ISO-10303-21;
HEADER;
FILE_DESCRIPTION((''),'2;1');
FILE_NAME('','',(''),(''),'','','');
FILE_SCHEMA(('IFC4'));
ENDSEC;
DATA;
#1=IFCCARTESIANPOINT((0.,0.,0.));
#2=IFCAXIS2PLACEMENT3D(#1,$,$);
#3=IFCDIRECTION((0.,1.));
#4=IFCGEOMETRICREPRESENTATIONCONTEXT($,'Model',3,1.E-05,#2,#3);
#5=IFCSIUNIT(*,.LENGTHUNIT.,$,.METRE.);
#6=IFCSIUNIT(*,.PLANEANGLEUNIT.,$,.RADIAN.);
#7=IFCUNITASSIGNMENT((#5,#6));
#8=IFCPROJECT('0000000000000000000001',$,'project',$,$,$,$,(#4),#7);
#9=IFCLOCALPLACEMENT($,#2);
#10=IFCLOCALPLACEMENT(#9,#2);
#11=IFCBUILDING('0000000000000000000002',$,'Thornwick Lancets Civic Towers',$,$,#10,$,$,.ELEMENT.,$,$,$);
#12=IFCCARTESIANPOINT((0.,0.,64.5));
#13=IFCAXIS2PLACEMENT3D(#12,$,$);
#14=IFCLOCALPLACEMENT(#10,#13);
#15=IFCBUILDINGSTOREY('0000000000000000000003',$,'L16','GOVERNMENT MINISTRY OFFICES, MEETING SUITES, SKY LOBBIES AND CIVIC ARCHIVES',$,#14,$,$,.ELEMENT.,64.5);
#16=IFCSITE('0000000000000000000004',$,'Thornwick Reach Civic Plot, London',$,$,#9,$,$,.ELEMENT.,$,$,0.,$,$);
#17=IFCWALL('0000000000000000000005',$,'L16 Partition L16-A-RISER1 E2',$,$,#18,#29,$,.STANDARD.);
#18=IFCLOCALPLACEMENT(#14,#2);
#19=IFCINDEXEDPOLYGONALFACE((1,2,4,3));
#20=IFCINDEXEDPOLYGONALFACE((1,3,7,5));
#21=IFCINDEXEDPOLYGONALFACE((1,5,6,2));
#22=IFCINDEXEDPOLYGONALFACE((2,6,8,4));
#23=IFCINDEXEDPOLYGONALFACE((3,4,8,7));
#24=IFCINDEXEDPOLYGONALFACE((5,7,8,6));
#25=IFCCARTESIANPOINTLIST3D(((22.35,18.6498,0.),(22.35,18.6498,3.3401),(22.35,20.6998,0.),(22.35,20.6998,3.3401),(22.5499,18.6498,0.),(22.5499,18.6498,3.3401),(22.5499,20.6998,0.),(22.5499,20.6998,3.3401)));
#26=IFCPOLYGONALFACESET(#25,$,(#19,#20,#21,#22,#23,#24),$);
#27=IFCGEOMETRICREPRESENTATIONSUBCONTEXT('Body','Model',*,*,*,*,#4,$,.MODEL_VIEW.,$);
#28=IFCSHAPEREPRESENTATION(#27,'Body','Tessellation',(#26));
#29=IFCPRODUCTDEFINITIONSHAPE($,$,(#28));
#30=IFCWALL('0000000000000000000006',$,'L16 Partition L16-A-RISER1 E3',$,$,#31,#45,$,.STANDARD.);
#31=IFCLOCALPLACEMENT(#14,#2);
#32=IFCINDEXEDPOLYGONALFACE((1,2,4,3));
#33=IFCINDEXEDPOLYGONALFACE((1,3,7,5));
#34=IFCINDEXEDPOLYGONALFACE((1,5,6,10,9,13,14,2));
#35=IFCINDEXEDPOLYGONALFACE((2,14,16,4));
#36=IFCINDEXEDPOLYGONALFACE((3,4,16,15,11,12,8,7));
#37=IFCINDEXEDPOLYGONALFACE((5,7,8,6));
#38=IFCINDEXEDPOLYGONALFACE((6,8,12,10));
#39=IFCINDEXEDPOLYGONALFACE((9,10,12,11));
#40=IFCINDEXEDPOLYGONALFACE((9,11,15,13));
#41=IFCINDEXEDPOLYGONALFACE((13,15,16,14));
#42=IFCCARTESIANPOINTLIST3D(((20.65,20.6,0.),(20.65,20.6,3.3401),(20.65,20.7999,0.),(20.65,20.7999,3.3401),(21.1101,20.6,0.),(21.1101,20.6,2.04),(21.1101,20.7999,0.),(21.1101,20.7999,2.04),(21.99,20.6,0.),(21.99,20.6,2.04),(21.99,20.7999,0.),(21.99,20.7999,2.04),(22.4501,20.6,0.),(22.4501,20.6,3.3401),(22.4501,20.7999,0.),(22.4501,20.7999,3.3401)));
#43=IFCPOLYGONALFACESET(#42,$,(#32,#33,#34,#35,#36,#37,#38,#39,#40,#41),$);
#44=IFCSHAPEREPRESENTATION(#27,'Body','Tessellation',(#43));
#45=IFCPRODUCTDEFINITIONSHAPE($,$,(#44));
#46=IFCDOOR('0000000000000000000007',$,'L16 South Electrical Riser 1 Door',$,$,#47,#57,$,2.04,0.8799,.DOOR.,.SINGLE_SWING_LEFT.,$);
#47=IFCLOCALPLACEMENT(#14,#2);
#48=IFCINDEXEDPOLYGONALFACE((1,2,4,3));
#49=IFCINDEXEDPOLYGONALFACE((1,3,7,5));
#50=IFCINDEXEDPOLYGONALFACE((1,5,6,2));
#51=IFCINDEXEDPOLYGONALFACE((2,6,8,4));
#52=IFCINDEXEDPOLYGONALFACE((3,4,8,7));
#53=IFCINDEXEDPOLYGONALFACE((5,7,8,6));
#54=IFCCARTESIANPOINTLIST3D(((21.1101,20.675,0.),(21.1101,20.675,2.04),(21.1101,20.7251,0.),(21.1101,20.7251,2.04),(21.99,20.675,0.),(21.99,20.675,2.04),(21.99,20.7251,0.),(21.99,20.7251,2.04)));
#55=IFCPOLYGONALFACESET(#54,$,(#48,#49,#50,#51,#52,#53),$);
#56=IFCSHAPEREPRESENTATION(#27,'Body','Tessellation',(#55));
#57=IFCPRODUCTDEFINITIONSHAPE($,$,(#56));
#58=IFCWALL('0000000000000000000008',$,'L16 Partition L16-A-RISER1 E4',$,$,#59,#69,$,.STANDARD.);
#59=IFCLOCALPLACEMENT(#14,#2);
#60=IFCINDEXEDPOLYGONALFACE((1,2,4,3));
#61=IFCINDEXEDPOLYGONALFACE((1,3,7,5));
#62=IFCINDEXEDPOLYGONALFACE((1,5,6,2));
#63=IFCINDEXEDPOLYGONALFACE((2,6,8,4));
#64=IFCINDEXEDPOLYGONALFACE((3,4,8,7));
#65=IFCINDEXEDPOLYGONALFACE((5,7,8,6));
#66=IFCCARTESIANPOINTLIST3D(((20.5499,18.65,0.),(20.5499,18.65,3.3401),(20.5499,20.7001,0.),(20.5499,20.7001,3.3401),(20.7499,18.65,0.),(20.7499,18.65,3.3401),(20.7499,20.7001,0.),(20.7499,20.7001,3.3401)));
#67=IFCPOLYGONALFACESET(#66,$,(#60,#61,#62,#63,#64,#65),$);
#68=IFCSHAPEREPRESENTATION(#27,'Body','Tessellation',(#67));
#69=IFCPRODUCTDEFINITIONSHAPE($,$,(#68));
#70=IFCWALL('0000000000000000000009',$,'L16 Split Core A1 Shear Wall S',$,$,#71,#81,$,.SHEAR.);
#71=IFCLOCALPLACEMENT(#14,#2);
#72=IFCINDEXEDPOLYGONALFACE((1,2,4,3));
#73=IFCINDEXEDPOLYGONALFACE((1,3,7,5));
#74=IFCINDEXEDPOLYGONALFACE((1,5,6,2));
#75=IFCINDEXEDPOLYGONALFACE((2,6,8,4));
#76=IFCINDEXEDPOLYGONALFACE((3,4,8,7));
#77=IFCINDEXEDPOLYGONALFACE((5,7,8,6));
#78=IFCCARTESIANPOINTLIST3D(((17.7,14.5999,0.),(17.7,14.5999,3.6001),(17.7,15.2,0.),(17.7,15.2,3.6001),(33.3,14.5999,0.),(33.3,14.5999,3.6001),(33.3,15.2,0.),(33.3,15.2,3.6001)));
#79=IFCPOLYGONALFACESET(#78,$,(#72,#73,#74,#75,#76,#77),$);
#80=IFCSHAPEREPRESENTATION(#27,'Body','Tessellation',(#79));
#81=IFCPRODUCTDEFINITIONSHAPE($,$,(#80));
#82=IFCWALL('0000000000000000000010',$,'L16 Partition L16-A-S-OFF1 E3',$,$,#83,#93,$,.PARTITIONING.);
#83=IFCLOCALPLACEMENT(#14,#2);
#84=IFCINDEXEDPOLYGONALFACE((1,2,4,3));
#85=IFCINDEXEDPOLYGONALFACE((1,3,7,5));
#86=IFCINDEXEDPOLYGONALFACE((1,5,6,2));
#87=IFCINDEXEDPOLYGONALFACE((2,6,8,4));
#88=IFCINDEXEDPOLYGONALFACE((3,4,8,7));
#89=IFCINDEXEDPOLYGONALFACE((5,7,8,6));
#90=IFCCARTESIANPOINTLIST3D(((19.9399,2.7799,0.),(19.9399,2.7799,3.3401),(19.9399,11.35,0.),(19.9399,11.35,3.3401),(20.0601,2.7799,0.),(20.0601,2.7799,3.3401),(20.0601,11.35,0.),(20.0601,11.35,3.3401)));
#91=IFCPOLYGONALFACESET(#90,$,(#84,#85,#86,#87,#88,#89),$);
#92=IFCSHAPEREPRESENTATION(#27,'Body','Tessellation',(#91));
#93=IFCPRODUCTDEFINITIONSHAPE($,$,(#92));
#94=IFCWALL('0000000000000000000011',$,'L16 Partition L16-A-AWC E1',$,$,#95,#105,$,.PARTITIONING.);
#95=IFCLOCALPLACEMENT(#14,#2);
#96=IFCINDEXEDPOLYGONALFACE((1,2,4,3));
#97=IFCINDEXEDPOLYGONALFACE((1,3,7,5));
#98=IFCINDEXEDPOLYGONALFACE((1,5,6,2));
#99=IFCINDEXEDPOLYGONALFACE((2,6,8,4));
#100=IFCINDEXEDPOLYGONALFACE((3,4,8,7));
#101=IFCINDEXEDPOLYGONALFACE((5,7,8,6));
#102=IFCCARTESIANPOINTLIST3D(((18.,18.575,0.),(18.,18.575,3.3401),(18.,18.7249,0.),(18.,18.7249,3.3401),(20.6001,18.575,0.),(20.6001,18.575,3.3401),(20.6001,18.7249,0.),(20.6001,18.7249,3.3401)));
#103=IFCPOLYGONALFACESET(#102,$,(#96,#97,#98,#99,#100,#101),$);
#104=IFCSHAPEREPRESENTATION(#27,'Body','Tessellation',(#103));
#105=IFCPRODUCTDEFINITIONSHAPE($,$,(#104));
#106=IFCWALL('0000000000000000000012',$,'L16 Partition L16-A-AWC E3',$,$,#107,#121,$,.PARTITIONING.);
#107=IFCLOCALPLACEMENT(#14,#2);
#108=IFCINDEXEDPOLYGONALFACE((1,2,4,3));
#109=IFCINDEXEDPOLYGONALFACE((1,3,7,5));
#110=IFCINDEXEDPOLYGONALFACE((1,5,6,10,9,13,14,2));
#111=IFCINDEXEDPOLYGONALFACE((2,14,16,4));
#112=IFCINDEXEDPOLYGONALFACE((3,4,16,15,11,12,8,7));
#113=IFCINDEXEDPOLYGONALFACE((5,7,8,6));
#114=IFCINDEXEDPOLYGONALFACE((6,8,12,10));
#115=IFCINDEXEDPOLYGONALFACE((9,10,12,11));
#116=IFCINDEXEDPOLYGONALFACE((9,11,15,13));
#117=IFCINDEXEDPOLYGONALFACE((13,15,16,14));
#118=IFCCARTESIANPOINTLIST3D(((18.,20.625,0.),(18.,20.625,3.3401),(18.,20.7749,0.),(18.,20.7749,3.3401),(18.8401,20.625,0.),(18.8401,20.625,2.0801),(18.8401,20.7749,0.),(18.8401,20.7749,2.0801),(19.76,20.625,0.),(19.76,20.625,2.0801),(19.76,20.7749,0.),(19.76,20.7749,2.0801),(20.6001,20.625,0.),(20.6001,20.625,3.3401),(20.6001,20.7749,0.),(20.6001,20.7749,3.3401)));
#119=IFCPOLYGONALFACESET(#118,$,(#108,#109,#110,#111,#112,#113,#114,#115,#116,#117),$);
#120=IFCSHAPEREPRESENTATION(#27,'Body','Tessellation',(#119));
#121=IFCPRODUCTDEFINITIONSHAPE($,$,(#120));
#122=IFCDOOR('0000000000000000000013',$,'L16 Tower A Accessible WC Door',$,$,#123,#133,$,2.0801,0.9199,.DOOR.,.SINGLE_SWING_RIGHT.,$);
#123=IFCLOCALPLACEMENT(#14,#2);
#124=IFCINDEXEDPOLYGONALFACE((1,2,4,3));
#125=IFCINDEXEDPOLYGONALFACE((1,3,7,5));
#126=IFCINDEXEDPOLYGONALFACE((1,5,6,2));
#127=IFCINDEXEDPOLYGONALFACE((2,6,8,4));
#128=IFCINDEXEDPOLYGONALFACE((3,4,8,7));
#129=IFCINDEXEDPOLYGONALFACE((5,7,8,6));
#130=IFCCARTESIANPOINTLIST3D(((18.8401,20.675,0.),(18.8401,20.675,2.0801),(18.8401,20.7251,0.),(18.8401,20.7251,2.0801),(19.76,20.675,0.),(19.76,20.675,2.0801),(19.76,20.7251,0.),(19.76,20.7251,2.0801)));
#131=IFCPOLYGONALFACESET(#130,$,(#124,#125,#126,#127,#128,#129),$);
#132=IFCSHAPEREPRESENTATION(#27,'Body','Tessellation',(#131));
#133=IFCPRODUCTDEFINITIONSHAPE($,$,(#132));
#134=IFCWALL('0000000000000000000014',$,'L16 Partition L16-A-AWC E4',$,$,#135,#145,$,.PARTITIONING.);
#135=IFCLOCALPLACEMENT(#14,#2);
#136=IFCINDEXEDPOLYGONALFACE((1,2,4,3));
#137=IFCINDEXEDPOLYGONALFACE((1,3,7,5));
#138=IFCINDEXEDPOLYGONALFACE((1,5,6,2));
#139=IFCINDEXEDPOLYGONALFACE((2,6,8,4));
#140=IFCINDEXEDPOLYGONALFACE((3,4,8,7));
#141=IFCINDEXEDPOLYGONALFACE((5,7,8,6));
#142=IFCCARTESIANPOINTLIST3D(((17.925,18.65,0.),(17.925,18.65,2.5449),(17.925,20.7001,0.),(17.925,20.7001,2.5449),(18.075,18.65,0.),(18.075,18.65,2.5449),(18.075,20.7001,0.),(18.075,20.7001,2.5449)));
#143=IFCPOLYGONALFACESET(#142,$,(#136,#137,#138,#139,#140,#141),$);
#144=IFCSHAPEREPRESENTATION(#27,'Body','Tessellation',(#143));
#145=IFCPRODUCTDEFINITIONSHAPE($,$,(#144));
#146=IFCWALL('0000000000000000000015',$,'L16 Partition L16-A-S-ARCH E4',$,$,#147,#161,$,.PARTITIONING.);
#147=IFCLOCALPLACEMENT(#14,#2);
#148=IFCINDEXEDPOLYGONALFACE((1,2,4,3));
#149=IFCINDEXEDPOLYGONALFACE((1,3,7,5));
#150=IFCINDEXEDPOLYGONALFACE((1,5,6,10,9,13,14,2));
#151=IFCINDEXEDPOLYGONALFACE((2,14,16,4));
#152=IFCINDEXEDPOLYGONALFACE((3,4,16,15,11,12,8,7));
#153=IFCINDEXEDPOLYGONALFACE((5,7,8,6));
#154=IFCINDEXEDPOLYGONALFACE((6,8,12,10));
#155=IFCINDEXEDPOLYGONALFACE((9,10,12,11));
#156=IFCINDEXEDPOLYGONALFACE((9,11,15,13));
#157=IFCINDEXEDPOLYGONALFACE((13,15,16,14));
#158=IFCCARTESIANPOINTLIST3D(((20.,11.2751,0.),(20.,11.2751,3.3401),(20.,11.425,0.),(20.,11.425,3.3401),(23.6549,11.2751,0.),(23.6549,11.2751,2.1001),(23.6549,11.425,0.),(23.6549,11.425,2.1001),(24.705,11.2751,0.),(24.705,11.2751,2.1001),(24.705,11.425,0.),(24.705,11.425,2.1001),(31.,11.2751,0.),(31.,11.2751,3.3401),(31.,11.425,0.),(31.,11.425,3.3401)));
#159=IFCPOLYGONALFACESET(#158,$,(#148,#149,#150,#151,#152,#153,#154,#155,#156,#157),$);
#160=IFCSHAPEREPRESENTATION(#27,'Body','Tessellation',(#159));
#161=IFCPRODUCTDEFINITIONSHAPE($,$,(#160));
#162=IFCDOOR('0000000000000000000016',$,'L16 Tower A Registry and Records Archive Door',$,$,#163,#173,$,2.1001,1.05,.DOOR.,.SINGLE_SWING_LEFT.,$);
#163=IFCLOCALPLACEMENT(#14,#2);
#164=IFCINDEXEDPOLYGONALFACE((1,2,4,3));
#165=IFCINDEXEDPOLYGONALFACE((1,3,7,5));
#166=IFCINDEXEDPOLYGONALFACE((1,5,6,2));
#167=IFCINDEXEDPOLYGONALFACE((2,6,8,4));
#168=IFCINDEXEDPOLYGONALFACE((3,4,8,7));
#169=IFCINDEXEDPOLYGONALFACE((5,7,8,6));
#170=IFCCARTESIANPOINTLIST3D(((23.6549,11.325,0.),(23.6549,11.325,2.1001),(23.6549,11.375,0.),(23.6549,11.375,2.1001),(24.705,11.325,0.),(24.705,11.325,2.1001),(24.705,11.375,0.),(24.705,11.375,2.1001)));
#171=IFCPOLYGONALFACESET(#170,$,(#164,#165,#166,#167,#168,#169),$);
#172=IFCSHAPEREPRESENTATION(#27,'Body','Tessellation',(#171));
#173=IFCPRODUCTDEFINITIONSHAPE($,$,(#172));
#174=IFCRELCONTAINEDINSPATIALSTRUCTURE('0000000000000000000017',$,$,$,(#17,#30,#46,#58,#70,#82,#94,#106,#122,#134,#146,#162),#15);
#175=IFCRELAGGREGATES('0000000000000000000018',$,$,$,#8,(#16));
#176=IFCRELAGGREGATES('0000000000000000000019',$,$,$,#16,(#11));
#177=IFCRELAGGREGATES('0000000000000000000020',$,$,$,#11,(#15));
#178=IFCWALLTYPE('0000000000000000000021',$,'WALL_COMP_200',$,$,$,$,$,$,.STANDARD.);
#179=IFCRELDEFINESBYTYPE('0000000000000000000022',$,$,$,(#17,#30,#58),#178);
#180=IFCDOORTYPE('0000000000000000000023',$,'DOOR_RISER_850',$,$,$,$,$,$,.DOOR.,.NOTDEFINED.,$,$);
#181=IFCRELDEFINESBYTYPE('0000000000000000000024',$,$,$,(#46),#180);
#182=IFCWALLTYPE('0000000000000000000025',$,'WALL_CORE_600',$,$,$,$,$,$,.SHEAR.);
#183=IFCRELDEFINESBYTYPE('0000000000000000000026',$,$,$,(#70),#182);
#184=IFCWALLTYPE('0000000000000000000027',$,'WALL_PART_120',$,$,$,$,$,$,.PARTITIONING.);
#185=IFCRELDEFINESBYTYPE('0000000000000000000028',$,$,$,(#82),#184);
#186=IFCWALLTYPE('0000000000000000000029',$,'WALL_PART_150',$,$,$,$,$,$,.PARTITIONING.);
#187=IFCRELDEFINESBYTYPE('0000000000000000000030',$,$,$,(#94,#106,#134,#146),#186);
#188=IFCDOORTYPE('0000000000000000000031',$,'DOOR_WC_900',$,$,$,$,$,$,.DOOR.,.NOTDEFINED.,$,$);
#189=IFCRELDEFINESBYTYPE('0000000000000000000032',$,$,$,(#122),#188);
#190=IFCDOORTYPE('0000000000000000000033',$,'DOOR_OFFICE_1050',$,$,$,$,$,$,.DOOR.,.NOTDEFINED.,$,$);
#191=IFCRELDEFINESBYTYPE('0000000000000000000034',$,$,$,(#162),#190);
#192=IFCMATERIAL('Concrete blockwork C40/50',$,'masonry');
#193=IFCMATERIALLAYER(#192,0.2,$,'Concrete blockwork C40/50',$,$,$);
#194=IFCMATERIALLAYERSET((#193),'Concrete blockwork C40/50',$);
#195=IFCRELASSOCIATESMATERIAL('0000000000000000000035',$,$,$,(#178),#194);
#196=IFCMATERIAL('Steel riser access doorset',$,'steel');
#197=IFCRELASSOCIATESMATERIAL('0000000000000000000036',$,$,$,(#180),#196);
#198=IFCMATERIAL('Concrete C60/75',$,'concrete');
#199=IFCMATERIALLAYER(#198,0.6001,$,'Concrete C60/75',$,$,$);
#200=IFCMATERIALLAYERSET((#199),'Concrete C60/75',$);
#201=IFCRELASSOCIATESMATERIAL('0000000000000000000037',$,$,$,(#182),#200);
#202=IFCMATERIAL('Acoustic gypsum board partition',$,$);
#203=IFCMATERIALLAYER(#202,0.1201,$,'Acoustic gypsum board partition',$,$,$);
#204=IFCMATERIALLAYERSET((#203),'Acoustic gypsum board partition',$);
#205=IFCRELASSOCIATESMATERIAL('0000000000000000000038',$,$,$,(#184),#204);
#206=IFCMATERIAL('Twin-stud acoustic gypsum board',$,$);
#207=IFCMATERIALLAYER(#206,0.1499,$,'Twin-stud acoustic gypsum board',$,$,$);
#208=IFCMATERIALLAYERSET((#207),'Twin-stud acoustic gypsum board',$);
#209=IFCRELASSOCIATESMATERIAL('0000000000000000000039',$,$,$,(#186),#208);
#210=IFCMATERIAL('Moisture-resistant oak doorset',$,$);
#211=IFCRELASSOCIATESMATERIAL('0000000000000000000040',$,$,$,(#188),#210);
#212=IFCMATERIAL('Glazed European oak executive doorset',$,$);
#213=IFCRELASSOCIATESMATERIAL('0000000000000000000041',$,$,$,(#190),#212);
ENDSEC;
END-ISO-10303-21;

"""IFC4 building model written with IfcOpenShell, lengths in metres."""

from ifc_helpers import new_model, si_unit, direction, frame, frame_2d, origin, place, context, subcontext, project, spatial, rectangle, extrude, material, layer, layer_set, type_object, element, fill, save


model = new_model("IFC4")

# Units and contexts
model_context = context("Model", 3, precision=1e-05, world=origin(), true_north=direction((0.0, 1.0)))
body_context = subcontext(model_context, "Body", "Model", "MODEL_VIEW")
ifc_project = project(units=[si_unit("LENGTHUNIT", "METRE"), si_unit("PLANEANGLEUNIT", "RADIAN")], contexts=[model_context])

# Site, building, storey
site_placement = place(None, origin())
site = spatial("IfcSite", under=ifc_project, at=site_placement, Name="Thornwick Reach Civic Plot, London", CompositionType="ELEMENT", RefElevation=0.0)
building_placement = place(site_placement, origin())
building = spatial("IfcBuilding", under=site, at=building_placement, Name="Thornwick Lancets Civic Towers", CompositionType="ELEMENT")
storey_placement = place(building_placement, frame((0.0, 0.0, 64.5)))
storey = spatial("IfcBuildingStorey", under=building, at=storey_placement, Name="L16", Description="GOVERNMENT MINISTRY OFFICES, MEETING SUITES, SKY LOBBIES AND CIVIC ARCHIVES", CompositionType="ELEMENT", Elevation=64.5)

# Shared definitions
ifc_material_1 = material(Name="Concrete C60/75", Category="concrete")

# Shared definitions
ifc_material_2 = material(Name="Concrete blockwork C40/50", Category="masonry")
ifc_layer_1 = layer(ifc_material_2, 0.2, Name="Concrete blockwork C40/50")
ifc_layer_set_1 = layer_set([ifc_layer_1], Name="Concrete blockwork C40/50")
wall_type_1 = type_object("IfcWallType", Name="WALL_COMP_200", PredefinedType="STANDARD", material=ifc_layer_set_1)

# Wall
wall_1_placement = place(storey_placement, frame((22.45, 18.6499, 0.0), z_axis=(0.0, 0.0, 1.0), x_axis=(0.0, 1.0, 0.0)))
element("IfcWall", 1, at=wall_1_placement, inside=storey, type_object=wall_type_1, Name="L16 Partition L16-A-RISER1 E2", PredefinedType="STANDARD", context=body_context, shape_type="SweptSolid", body=[
    extrude(rectangle(XDim=2.05, YDim=0.2, at=frame_2d((1.0249, 0.0))), origin(), (0.0, 0.0, 1.0), 3.3401),
])

# Wall, opening, door
wall_2_placement = place(storey_placement, frame((22.45, 20.7, 0.0), z_axis=(0.0, 0.0, 1.0), x_axis=(-1.0, 0.0, 0.0)))
wall_2 = element("IfcWall", 2, at=wall_2_placement, inside=storey, type_object=wall_type_1, Name="L16 Partition L16-A-RISER1 E3", PredefinedType="STANDARD", context=body_context, shape_type="SweptSolid", body=[
    extrude(rectangle(XDim=1.8, YDim=0.2, at=frame_2d((0.8999, 0.0))), origin(), (0.0, 0.0, 1.0), 3.3401),
])
opening_1_placement = place(wall_2_placement, frame((0.46, 0.0, 0.0)))
opening_1 = element("IfcOpeningElement", 3, at=opening_1_placement, cuts=wall_2, PredefinedType="OPENING", context=body_context, shape_type="SweptSolid", body=[
    extrude(rectangle(XDim=0.8799, YDim=2.04, at=frame_2d((0.4399, 1.02))), frame((0.0, 0.1099, 0.0), z_axis=(0.0, -1.0, 0.0), x_axis=(1.0, 0.0, 0.0)), (0.0, 0.0, 1.0), 0.22),
])
ifc_material_3 = material(Name="Steel riser access doorset", Category="steel")
door_type_1 = type_object("IfcDoorType", Name="DOOR_RISER_850", OperationType="NOTDEFINED", PredefinedType="DOOR", material=ifc_material_3)
door_1_placement = place(opening_1_placement, origin())
door_1 = element("IfcDoor", 4, at=door_1_placement, inside=storey, type_object=door_type_1, Name="L16 South Electrical Riser 1 Door", OperationType="SINGLE_SWING_LEFT", OverallHeight=2.04, OverallWidth=0.8799, PredefinedType="DOOR", context=body_context, shape_type="SweptSolid", body=[
    extrude(rectangle(XDim=0.8799, YDim=2.04, at=frame_2d((0.4399, 1.02))), frame((0.0, 0.0249, 0.0), z_axis=(0.0, -1.0, 0.0), x_axis=(1.0, 0.0, 0.0)), (0.0, 0.0, 1.0), 0.05),
])
fill(opening_1, door_1)

# Walls
wall_3_placement = place(storey_placement, frame((20.6499, 20.7, 0.0), z_axis=(0.0, 0.0, 1.0), x_axis=(0.0, -1.0, 0.0)))
element("IfcWall", 5, at=wall_3_placement, inside=storey, type_object=wall_type_1, Name="L16 Partition L16-A-RISER1 E4", PredefinedType="STANDARD", context=body_context, shape_type="SweptSolid", body=[
    extrude(rectangle(XDim=2.05, YDim=0.2, at=frame_2d((1.0249, 0.0))), origin(), (0.0, 0.0, 1.0), 3.3401),
])
ifc_layer_2 = layer(ifc_material_1, 0.6001, Name="Concrete C60/75")
ifc_layer_set_2 = layer_set([ifc_layer_2], Name="Concrete C60/75")
wall_type_2 = type_object("IfcWallType", Name="WALL_CORE_600", PredefinedType="SHEAR", material=ifc_layer_set_2)
wall_4_placement = place(storey_placement, frame((17.7, 14.8999, 0.0), z_axis=(0.0, 0.0, 1.0), x_axis=(1.0, 0.0, 0.0)))
element("IfcWall", 6, at=wall_4_placement, inside=storey, type_object=wall_type_2, Name="L16 Split Core A1 Shear Wall S", PredefinedType="SHEAR", context=body_context, shape_type="SweptSolid", body=[
    extrude(rectangle(XDim=15.6001, YDim=0.6001, at=frame_2d((7.8, 0.0))), origin(), (0.0, 0.0, 1.0), 3.6001),
])
ifc_material_4 = material(Name="Acoustic gypsum board partition")
ifc_layer_3 = layer(ifc_material_4, 0.1201, Name="Acoustic gypsum board partition")
ifc_layer_set_3 = layer_set([ifc_layer_3], Name="Acoustic gypsum board partition")
wall_type_3 = type_object("IfcWallType", Name="WALL_PART_120", PredefinedType="PARTITIONING", material=ifc_layer_set_3)
wall_5_placement = place(storey_placement, frame((20.0, 11.3501, 0.0), z_axis=(0.0, 0.0, 1.0), x_axis=(0.0, -1.0, 0.0)))
element("IfcWall", 7, at=wall_5_placement, inside=storey, type_object=wall_type_3, Name="L16 Partition L16-A-S-OFF1 E3", PredefinedType="PARTITIONING", context=body_context, shape_type="SweptSolid", body=[
    extrude(rectangle(XDim=8.5701, YDim=0.1201, at=frame_2d((4.2852, 0.0))), origin(), (0.0, 0.0, 1.0), 3.3401),
])
ifc_material_5 = material(Name="Twin-stud acoustic gypsum board")
ifc_layer_4 = layer(ifc_material_5, 0.1499, Name="Twin-stud acoustic gypsum board")
ifc_layer_set_4 = layer_set([ifc_layer_4], Name="Twin-stud acoustic gypsum board")
wall_type_4 = type_object("IfcWallType", Name="WALL_PART_150", PredefinedType="PARTITIONING", material=ifc_layer_set_4)
wall_6_placement = place(storey_placement, frame((18.0, 18.6499, 0.0), z_axis=(0.0, 0.0, 1.0), x_axis=(1.0, 0.0, 0.0)))
element("IfcWall", 8, at=wall_6_placement, inside=storey, type_object=wall_type_4, Name="L16 Partition L16-A-AWC E1", PredefinedType="PARTITIONING", context=body_context, shape_type="SweptSolid", body=[
    extrude(rectangle(XDim=2.6001, YDim=0.1499, at=frame_2d((1.3, 0.0))), origin(), (0.0, 0.0, 1.0), 3.3401),
])

# Wall, opening, door
wall_7_placement = place(storey_placement, frame((20.6001, 20.7, 0.0), z_axis=(0.0, 0.0, 1.0), x_axis=(-1.0, 0.0, 0.0)))
wall_7 = element("IfcWall", 9, at=wall_7_placement, inside=storey, type_object=wall_type_4, Name="L16 Partition L16-A-AWC E3", PredefinedType="PARTITIONING", context=body_context, shape_type="SweptSolid", body=[
    extrude(rectangle(XDim=2.6001, YDim=0.1499, at=frame_2d((1.3, 0.0))), origin(), (0.0, 0.0, 1.0), 3.3401),
])
opening_2_placement = place(wall_7_placement, frame((0.8401, 0.0, 0.0)))
opening_2 = element("IfcOpeningElement", 10, at=opening_2_placement, cuts=wall_7, PredefinedType="OPENING", context=body_context, shape_type="SweptSolid", body=[
    extrude(rectangle(XDim=0.9199, YDim=2.0801, at=frame_2d((0.46, 1.04))), frame((0.0, 0.085, 0.0), z_axis=(0.0, -1.0, 0.0), x_axis=(1.0, 0.0, 0.0)), (0.0, 0.0, 1.0), 0.1699),
])
ifc_material_6 = material(Name="Moisture-resistant oak doorset")
door_type_2 = type_object("IfcDoorType", Name="DOOR_WC_900", OperationType="NOTDEFINED", PredefinedType="DOOR", material=ifc_material_6)
door_2_placement = place(opening_2_placement, origin())
door_2 = element("IfcDoor", 11, at=door_2_placement, inside=storey, type_object=door_type_2, Name="L16 Tower A Accessible WC Door", OperationType="SINGLE_SWING_RIGHT", OverallHeight=2.0801, OverallWidth=0.9199, PredefinedType="DOOR", context=body_context, shape_type="SweptSolid", body=[
    extrude(rectangle(XDim=0.9199, YDim=2.0801, at=frame_2d((0.46, 1.04))), frame((0.0, 0.0249, 0.0), z_axis=(0.0, -1.0, 0.0), x_axis=(1.0, 0.0, 0.0)), (0.0, 0.0, 1.0), 0.05),
])
fill(opening_2, door_2)

# Wall
wall_8_placement = place(storey_placement, frame((18.0, 20.7, 0.0), z_axis=(0.0, 0.0, 1.0), x_axis=(0.0, -1.0, 0.0)))
element("IfcWall", 12, at=wall_8_placement, inside=storey, type_object=wall_type_4, Name="L16 Partition L16-A-AWC E4", PredefinedType="PARTITIONING", context=body_context, shape_type="SweptSolid", body=[
    extrude(rectangle(XDim=2.05, YDim=0.1499, at=frame_2d((1.0249, 0.0))), origin(), (0.0, 0.0, 1.0), 2.5449),
])

# Wall, opening, door
wall_9_placement = place(storey_placement, frame((20.0, 11.3501, 0.0), z_axis=(0.0, 0.0, 1.0), x_axis=(1.0, 0.0, 0.0)))
wall_9 = element("IfcWall", 13, at=wall_9_placement, inside=storey, type_object=wall_type_4, Name="L16 Partition L16-A-S-ARCH E4", PredefinedType="PARTITIONING", context=body_context, shape_type="SweptSolid", body=[
    extrude(rectangle(XDim=11.0, YDim=0.1499, at=frame_2d((5.5, 0.0))), origin(), (0.0, 0.0, 1.0), 3.3401),
])
opening_3_placement = place(wall_9_placement, frame((3.655, 0.0, 0.0)))
opening_3 = element("IfcOpeningElement", 14, at=opening_3_placement, cuts=wall_9, PredefinedType="OPENING", context=body_context, shape_type="SweptSolid", body=[
    extrude(rectangle(XDim=1.05, YDim=2.1001, at=frame_2d((0.5249, 1.05))), frame((0.0, 0.085, 0.0), z_axis=(0.0, -1.0, 0.0), x_axis=(1.0, 0.0, 0.0)), (0.0, 0.0, 1.0), 0.1699),
])
ifc_material_7 = material(Name="Glazed European oak executive doorset")
door_type_3 = type_object("IfcDoorType", Name="DOOR_OFFICE_1050", OperationType="NOTDEFINED", PredefinedType="DOOR", material=ifc_material_7)
door_3_placement = place(opening_3_placement, origin())
door_3 = element("IfcDoor", 15, at=door_3_placement, inside=storey, type_object=door_type_3, Name="L16 Tower A Registry and Records Archive Door", OperationType="SINGLE_SWING_LEFT", OverallHeight=2.1001, OverallWidth=1.05, PredefinedType="DOOR", context=body_context, shape_type="SweptSolid", body=[
    extrude(rectangle(XDim=1.05, YDim=2.1001, at=frame_2d((0.5249, 1.05))), frame((0.0, 0.0249, 0.0), z_axis=(0.0, -1.0, 0.0), x_axis=(1.0, 0.0, 0.0)), (0.0, 0.0, 1.0), 0.05),
])
fill(opening_3, door_3)

save(model, "model.ifc")
